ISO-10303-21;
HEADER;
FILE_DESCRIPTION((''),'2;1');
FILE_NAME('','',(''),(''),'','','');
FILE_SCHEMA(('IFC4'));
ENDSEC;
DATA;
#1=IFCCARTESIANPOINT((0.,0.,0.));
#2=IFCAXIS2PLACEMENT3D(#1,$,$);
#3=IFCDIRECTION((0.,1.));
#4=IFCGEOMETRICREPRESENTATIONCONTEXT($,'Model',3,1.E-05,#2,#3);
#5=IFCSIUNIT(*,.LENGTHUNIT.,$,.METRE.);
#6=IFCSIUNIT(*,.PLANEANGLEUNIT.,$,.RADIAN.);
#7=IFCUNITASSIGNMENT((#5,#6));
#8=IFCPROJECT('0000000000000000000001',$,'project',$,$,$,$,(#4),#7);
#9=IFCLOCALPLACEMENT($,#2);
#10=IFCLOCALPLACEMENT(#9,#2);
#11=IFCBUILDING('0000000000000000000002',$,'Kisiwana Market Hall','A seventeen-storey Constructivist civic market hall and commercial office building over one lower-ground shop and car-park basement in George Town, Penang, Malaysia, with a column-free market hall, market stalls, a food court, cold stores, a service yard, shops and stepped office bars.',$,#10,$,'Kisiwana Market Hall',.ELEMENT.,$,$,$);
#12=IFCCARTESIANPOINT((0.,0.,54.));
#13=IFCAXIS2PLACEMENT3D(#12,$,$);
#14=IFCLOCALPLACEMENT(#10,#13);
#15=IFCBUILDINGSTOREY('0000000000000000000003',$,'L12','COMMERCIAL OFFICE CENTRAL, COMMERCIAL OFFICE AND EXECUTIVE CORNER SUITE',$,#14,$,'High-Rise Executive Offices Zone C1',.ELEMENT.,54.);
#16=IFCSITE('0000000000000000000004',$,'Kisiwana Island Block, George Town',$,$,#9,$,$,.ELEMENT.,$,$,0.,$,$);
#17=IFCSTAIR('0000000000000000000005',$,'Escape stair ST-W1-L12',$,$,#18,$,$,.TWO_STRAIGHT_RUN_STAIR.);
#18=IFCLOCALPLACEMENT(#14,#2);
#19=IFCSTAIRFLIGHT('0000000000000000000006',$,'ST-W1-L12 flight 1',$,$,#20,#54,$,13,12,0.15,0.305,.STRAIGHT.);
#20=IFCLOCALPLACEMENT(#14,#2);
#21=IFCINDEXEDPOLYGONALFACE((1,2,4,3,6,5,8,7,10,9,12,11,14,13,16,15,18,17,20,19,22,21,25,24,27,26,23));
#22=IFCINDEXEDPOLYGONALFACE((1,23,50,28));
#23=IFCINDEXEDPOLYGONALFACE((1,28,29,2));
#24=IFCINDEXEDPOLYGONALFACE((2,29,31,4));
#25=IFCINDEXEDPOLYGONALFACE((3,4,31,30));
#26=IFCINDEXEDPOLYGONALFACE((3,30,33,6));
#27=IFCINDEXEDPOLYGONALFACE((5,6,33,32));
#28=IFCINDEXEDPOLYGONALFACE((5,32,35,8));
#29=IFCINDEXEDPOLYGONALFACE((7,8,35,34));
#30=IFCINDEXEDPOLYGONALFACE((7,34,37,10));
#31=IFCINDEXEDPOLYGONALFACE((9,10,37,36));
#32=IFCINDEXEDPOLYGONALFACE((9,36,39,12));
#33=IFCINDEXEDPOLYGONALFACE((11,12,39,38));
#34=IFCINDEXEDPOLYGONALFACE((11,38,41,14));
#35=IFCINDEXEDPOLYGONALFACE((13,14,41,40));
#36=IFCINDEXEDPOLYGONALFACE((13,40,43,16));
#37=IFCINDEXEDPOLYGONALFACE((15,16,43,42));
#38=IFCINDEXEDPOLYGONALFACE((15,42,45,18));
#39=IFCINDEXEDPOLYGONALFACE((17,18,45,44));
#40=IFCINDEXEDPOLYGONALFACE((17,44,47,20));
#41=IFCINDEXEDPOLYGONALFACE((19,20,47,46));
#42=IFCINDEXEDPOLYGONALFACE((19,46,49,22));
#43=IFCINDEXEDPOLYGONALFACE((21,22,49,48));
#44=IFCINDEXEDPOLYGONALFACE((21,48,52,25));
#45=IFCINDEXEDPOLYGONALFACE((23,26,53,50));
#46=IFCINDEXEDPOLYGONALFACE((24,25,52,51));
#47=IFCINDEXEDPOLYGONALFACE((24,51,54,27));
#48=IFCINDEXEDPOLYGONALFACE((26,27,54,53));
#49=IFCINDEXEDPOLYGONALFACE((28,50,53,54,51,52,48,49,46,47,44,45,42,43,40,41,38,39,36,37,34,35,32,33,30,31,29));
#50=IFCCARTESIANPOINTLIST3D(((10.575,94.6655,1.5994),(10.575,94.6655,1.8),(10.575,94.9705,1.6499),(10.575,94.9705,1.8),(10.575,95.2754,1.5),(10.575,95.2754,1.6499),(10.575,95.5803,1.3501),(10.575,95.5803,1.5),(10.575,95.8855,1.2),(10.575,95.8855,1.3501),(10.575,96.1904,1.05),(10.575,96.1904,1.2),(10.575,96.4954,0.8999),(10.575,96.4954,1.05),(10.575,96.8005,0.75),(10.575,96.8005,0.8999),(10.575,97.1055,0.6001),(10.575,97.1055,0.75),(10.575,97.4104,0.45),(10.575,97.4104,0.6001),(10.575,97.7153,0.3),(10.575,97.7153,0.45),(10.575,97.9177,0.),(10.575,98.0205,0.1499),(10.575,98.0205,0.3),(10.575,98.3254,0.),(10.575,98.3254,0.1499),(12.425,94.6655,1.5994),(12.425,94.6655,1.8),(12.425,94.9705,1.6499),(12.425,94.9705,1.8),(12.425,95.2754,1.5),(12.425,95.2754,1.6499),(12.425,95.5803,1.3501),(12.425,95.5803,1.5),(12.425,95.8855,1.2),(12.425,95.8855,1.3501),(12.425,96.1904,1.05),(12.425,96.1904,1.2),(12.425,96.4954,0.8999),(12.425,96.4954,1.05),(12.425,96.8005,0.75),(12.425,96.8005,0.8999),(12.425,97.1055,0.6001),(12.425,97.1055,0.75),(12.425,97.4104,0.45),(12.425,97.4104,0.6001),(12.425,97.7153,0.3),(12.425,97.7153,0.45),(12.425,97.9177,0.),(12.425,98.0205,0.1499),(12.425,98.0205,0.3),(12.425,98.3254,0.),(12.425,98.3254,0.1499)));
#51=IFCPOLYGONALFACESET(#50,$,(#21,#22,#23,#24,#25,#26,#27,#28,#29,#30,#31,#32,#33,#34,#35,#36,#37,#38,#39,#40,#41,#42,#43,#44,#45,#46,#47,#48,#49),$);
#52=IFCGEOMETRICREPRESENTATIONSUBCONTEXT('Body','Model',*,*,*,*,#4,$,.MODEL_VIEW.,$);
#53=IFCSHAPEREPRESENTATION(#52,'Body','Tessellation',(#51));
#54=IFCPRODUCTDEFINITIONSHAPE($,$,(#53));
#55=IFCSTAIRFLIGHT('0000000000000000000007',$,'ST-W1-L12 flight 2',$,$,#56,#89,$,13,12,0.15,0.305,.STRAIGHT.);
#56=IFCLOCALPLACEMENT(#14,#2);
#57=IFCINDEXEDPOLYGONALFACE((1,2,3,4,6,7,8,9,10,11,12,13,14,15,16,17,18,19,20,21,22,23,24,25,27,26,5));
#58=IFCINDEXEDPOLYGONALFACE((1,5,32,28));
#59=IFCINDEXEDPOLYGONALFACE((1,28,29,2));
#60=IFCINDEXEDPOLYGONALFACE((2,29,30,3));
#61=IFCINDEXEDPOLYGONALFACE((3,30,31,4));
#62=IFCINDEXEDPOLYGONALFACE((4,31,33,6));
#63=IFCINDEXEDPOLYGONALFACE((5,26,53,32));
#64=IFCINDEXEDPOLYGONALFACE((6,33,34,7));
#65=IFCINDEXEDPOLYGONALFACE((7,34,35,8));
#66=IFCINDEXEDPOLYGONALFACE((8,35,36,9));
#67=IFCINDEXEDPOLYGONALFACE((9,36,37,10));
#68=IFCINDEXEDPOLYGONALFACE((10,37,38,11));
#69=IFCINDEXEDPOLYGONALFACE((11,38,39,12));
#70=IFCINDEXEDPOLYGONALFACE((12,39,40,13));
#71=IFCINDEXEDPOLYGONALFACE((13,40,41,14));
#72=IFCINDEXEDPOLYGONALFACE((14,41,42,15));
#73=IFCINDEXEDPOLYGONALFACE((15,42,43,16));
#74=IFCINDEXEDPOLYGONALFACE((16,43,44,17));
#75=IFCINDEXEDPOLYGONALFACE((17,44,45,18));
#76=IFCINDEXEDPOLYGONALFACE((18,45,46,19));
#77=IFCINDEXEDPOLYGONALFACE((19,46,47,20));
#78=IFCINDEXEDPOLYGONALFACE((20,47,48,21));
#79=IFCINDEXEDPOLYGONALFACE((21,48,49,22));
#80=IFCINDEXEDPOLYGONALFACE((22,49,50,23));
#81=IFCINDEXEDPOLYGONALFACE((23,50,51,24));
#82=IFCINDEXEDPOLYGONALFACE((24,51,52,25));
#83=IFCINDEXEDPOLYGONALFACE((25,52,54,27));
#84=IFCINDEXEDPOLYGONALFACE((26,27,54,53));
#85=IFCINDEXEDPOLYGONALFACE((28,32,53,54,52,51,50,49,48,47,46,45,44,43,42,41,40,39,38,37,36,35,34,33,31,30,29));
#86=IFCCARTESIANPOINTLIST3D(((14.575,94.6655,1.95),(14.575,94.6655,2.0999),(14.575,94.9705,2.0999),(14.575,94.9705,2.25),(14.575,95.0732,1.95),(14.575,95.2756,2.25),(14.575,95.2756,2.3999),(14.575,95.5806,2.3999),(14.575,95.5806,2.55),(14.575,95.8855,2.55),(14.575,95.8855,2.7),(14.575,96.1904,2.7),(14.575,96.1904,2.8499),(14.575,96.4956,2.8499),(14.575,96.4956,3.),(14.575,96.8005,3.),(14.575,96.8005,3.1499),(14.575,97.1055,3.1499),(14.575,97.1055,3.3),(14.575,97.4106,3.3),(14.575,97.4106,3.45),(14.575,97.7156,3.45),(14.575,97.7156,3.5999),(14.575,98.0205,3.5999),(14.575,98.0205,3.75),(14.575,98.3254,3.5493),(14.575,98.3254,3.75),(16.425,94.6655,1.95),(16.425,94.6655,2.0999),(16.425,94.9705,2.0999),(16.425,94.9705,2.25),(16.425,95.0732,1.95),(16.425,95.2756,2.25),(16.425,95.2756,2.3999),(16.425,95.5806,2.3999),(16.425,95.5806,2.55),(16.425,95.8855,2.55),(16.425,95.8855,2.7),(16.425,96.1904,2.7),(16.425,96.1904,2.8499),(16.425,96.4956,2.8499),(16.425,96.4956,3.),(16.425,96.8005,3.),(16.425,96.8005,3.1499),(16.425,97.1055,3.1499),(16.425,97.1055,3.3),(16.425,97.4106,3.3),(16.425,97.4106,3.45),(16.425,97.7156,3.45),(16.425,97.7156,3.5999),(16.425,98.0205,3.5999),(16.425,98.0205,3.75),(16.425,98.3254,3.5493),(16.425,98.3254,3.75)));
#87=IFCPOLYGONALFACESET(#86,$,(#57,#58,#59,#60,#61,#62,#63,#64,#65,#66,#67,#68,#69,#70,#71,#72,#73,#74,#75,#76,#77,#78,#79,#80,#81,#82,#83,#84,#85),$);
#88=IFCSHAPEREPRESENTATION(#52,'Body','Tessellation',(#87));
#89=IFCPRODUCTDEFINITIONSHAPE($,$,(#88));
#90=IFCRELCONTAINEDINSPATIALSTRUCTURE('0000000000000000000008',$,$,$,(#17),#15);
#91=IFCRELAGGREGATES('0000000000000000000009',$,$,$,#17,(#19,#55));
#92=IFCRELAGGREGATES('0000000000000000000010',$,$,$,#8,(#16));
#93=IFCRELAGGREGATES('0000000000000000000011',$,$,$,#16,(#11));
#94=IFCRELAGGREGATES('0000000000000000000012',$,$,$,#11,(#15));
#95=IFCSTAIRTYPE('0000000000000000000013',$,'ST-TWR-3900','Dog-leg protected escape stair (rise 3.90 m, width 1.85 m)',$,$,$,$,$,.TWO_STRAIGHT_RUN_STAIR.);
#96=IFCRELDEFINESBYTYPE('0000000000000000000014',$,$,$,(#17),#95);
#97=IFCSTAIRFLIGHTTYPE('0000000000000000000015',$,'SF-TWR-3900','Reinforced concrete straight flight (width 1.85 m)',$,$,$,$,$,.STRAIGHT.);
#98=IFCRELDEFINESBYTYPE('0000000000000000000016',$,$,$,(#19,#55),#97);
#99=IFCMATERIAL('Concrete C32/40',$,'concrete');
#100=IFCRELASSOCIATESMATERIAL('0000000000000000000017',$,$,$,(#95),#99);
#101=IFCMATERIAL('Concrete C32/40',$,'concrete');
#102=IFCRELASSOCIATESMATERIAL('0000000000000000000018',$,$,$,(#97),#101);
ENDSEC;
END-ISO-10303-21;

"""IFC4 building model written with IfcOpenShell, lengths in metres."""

from ifc_helpers import new_model, si_unit, direction, frame, origin, place, context, subcontext, project, spatial, polyline, outline, extrude, material, type_object, element, aggregate, save


model = new_model("IFC4")

# Units and contexts
model_context = context("Model", 3, precision=1e-05, world=origin(), true_north=direction((0.0, 1.0)))
body_context = subcontext(model_context, "Body", "Model", "MODEL_VIEW")
ifc_project = project(units=[si_unit("LENGTHUNIT", "METRE"), si_unit("PLANEANGLEUNIT", "RADIAN")], contexts=[model_context])

# Site, building, storey
site_placement = place(None, origin())
site = spatial("IfcSite", under=ifc_project, at=site_placement, Name="Kisiwana Island Block, George Town", CompositionType="ELEMENT", RefElevation=0.0)
building_placement = place(site_placement, origin())
building = spatial("IfcBuilding", under=site, at=building_placement, Name="Kisiwana Market Hall", Description="A seventeen-storey Constructivist civic market hall and commercial office building over one lower-ground shop and car-park basement in George Town, Penang, Malaysia, with a column-free market hall, market stalls, a food court, cold stores, a service yard, shops and stepped office bars.", LongName="Kisiwana Market Hall", CompositionType="ELEMENT")
storey_placement = place(building_placement, frame((0.0, 0.0, 54.0)))
storey = spatial("IfcBuildingStorey", under=building, at=storey_placement, Name="L12", Description="COMMERCIAL OFFICE CENTRAL, COMMERCIAL OFFICE AND EXECUTIVE CORNER SUITE", LongName="High-Rise Executive Offices Zone C1", CompositionType="ELEMENT", Elevation=54.0)

# Stair, stair flights
ifc_material_1 = material(Name="Concrete C32/40", Category="concrete")
stair_type = type_object("IfcStairType", Name="ST-TWR-3900", Description="Dog-leg protected escape stair (rise 3.90 m, width 1.85 m)", PredefinedType="TWO_STRAIGHT_RUN_STAIR", material=ifc_material_1)
stair_placement = place(storey_placement, origin())
stair = element("IfcStair", 1, at=stair_placement, inside=storey, type_object=stair_type, Name="Escape stair ST-W1-L12", PredefinedType="TWO_STRAIGHT_RUN_STAIR")
ifc_material_2 = material(Name="Concrete C32/40", Category="concrete")
stair_flight_type = type_object("IfcStairFlightType", Name="SF-TWR-3900", Description="Reinforced concrete straight flight (width 1.85 m)", PredefinedType="STRAIGHT", material=ifc_material_2)
stair_flight_1_placement = place(storey_placement, frame((11.5, 98.3254, 0.0), z_axis=(0.0, 0.0, 1.0), x_axis=(0.0, -1.0, 0.0)))
stair_flight_1 = element("IfcStairFlight", 2, at=stair_flight_1_placement, type_object=stair_flight_type, Name="ST-W1-L12 flight 1", NumberOfRisers=13, NumberOfTreads=12, PredefinedType="STRAIGHT", RiserHeight=0.15, TreadLength=0.305, context=body_context, shape_type="SweptSolid", body=[
    extrude(outline(polyline([(0.0, 0.0), (0.0, 0.1499), (0.3049, 0.1499), (0.3049, 0.3), (0.6101, 0.3), (0.6101, 0.45), (0.915, 0.45), (0.915, 0.6001), (1.22, 0.6001), (1.22, 0.75), (1.5249, 0.75), (1.5249, 0.8999), (1.8301, 0.8999), (1.8301, 1.05), (2.135, 1.05), (2.135, 1.2), (2.4399, 1.2), (2.4399, 1.3501), (2.7451, 1.3501), (2.7451, 1.5), (3.05, 1.5), (3.05, 1.6499), (3.355, 1.6499), (3.355, 1.8), (3.6599, 1.8), (3.6599, 1.95), (3.6599, 1.5994), (0.4077, 0.0), (0.0, 0.0)])), frame((0.0, 0.925, 0.0), z_axis=(0.0, -1.0, 0.0), x_axis=(1.0, 0.0, 0.0)), (0.0, 0.0, 1.0), 1.8501),
])
stair_flight_2_placement = place(storey_placement, frame((15.5, 94.6655, 1.95), z_axis=(0.0, 0.0, 1.0), x_axis=(0.0, 1.0, 0.0)))
stair_flight_2 = element("IfcStairFlight", 3, at=stair_flight_2_placement, type_object=stair_flight_type, Name="ST-W1-L12 flight 2", NumberOfRisers=13, NumberOfTreads=12, PredefinedType="STRAIGHT", RiserHeight=0.15, TreadLength=0.305, context=body_context, shape_type="SweptSolid", body=[
    extrude(outline(polyline([(0.0, 0.0), (0.0, 0.1499), (0.3049, 0.1499), (0.3049, 0.3), (0.6101, 0.3), (0.6101, 0.45), (0.915, 0.45), (0.915, 0.6001), (1.22, 0.6001), (1.22, 0.75), (1.5249, 0.75), (1.5249, 0.8999), (1.8301, 0.8999), (1.8301, 1.05), (2.135, 1.05), (2.135, 1.2), (2.4399, 1.2), (2.4399, 1.3501), (2.7451, 1.3501), (2.7451, 1.5), (3.05, 1.5), (3.05, 1.6499), (3.355, 1.6499), (3.355, 1.8), (3.6599, 1.8), (3.6599, 1.95), (3.6599, 1.5994), (0.4077, 0.0), (0.0, 0.0)])), frame((0.0, 0.925, 0.0), z_axis=(0.0, -1.0, 0.0), x_axis=(1.0, 0.0, 0.0)), (0.0, 0.0, 1.0), 1.8501),
])
aggregate(stair, [stair_flight_1, stair_flight_2])

save(model, "model.ifc")
